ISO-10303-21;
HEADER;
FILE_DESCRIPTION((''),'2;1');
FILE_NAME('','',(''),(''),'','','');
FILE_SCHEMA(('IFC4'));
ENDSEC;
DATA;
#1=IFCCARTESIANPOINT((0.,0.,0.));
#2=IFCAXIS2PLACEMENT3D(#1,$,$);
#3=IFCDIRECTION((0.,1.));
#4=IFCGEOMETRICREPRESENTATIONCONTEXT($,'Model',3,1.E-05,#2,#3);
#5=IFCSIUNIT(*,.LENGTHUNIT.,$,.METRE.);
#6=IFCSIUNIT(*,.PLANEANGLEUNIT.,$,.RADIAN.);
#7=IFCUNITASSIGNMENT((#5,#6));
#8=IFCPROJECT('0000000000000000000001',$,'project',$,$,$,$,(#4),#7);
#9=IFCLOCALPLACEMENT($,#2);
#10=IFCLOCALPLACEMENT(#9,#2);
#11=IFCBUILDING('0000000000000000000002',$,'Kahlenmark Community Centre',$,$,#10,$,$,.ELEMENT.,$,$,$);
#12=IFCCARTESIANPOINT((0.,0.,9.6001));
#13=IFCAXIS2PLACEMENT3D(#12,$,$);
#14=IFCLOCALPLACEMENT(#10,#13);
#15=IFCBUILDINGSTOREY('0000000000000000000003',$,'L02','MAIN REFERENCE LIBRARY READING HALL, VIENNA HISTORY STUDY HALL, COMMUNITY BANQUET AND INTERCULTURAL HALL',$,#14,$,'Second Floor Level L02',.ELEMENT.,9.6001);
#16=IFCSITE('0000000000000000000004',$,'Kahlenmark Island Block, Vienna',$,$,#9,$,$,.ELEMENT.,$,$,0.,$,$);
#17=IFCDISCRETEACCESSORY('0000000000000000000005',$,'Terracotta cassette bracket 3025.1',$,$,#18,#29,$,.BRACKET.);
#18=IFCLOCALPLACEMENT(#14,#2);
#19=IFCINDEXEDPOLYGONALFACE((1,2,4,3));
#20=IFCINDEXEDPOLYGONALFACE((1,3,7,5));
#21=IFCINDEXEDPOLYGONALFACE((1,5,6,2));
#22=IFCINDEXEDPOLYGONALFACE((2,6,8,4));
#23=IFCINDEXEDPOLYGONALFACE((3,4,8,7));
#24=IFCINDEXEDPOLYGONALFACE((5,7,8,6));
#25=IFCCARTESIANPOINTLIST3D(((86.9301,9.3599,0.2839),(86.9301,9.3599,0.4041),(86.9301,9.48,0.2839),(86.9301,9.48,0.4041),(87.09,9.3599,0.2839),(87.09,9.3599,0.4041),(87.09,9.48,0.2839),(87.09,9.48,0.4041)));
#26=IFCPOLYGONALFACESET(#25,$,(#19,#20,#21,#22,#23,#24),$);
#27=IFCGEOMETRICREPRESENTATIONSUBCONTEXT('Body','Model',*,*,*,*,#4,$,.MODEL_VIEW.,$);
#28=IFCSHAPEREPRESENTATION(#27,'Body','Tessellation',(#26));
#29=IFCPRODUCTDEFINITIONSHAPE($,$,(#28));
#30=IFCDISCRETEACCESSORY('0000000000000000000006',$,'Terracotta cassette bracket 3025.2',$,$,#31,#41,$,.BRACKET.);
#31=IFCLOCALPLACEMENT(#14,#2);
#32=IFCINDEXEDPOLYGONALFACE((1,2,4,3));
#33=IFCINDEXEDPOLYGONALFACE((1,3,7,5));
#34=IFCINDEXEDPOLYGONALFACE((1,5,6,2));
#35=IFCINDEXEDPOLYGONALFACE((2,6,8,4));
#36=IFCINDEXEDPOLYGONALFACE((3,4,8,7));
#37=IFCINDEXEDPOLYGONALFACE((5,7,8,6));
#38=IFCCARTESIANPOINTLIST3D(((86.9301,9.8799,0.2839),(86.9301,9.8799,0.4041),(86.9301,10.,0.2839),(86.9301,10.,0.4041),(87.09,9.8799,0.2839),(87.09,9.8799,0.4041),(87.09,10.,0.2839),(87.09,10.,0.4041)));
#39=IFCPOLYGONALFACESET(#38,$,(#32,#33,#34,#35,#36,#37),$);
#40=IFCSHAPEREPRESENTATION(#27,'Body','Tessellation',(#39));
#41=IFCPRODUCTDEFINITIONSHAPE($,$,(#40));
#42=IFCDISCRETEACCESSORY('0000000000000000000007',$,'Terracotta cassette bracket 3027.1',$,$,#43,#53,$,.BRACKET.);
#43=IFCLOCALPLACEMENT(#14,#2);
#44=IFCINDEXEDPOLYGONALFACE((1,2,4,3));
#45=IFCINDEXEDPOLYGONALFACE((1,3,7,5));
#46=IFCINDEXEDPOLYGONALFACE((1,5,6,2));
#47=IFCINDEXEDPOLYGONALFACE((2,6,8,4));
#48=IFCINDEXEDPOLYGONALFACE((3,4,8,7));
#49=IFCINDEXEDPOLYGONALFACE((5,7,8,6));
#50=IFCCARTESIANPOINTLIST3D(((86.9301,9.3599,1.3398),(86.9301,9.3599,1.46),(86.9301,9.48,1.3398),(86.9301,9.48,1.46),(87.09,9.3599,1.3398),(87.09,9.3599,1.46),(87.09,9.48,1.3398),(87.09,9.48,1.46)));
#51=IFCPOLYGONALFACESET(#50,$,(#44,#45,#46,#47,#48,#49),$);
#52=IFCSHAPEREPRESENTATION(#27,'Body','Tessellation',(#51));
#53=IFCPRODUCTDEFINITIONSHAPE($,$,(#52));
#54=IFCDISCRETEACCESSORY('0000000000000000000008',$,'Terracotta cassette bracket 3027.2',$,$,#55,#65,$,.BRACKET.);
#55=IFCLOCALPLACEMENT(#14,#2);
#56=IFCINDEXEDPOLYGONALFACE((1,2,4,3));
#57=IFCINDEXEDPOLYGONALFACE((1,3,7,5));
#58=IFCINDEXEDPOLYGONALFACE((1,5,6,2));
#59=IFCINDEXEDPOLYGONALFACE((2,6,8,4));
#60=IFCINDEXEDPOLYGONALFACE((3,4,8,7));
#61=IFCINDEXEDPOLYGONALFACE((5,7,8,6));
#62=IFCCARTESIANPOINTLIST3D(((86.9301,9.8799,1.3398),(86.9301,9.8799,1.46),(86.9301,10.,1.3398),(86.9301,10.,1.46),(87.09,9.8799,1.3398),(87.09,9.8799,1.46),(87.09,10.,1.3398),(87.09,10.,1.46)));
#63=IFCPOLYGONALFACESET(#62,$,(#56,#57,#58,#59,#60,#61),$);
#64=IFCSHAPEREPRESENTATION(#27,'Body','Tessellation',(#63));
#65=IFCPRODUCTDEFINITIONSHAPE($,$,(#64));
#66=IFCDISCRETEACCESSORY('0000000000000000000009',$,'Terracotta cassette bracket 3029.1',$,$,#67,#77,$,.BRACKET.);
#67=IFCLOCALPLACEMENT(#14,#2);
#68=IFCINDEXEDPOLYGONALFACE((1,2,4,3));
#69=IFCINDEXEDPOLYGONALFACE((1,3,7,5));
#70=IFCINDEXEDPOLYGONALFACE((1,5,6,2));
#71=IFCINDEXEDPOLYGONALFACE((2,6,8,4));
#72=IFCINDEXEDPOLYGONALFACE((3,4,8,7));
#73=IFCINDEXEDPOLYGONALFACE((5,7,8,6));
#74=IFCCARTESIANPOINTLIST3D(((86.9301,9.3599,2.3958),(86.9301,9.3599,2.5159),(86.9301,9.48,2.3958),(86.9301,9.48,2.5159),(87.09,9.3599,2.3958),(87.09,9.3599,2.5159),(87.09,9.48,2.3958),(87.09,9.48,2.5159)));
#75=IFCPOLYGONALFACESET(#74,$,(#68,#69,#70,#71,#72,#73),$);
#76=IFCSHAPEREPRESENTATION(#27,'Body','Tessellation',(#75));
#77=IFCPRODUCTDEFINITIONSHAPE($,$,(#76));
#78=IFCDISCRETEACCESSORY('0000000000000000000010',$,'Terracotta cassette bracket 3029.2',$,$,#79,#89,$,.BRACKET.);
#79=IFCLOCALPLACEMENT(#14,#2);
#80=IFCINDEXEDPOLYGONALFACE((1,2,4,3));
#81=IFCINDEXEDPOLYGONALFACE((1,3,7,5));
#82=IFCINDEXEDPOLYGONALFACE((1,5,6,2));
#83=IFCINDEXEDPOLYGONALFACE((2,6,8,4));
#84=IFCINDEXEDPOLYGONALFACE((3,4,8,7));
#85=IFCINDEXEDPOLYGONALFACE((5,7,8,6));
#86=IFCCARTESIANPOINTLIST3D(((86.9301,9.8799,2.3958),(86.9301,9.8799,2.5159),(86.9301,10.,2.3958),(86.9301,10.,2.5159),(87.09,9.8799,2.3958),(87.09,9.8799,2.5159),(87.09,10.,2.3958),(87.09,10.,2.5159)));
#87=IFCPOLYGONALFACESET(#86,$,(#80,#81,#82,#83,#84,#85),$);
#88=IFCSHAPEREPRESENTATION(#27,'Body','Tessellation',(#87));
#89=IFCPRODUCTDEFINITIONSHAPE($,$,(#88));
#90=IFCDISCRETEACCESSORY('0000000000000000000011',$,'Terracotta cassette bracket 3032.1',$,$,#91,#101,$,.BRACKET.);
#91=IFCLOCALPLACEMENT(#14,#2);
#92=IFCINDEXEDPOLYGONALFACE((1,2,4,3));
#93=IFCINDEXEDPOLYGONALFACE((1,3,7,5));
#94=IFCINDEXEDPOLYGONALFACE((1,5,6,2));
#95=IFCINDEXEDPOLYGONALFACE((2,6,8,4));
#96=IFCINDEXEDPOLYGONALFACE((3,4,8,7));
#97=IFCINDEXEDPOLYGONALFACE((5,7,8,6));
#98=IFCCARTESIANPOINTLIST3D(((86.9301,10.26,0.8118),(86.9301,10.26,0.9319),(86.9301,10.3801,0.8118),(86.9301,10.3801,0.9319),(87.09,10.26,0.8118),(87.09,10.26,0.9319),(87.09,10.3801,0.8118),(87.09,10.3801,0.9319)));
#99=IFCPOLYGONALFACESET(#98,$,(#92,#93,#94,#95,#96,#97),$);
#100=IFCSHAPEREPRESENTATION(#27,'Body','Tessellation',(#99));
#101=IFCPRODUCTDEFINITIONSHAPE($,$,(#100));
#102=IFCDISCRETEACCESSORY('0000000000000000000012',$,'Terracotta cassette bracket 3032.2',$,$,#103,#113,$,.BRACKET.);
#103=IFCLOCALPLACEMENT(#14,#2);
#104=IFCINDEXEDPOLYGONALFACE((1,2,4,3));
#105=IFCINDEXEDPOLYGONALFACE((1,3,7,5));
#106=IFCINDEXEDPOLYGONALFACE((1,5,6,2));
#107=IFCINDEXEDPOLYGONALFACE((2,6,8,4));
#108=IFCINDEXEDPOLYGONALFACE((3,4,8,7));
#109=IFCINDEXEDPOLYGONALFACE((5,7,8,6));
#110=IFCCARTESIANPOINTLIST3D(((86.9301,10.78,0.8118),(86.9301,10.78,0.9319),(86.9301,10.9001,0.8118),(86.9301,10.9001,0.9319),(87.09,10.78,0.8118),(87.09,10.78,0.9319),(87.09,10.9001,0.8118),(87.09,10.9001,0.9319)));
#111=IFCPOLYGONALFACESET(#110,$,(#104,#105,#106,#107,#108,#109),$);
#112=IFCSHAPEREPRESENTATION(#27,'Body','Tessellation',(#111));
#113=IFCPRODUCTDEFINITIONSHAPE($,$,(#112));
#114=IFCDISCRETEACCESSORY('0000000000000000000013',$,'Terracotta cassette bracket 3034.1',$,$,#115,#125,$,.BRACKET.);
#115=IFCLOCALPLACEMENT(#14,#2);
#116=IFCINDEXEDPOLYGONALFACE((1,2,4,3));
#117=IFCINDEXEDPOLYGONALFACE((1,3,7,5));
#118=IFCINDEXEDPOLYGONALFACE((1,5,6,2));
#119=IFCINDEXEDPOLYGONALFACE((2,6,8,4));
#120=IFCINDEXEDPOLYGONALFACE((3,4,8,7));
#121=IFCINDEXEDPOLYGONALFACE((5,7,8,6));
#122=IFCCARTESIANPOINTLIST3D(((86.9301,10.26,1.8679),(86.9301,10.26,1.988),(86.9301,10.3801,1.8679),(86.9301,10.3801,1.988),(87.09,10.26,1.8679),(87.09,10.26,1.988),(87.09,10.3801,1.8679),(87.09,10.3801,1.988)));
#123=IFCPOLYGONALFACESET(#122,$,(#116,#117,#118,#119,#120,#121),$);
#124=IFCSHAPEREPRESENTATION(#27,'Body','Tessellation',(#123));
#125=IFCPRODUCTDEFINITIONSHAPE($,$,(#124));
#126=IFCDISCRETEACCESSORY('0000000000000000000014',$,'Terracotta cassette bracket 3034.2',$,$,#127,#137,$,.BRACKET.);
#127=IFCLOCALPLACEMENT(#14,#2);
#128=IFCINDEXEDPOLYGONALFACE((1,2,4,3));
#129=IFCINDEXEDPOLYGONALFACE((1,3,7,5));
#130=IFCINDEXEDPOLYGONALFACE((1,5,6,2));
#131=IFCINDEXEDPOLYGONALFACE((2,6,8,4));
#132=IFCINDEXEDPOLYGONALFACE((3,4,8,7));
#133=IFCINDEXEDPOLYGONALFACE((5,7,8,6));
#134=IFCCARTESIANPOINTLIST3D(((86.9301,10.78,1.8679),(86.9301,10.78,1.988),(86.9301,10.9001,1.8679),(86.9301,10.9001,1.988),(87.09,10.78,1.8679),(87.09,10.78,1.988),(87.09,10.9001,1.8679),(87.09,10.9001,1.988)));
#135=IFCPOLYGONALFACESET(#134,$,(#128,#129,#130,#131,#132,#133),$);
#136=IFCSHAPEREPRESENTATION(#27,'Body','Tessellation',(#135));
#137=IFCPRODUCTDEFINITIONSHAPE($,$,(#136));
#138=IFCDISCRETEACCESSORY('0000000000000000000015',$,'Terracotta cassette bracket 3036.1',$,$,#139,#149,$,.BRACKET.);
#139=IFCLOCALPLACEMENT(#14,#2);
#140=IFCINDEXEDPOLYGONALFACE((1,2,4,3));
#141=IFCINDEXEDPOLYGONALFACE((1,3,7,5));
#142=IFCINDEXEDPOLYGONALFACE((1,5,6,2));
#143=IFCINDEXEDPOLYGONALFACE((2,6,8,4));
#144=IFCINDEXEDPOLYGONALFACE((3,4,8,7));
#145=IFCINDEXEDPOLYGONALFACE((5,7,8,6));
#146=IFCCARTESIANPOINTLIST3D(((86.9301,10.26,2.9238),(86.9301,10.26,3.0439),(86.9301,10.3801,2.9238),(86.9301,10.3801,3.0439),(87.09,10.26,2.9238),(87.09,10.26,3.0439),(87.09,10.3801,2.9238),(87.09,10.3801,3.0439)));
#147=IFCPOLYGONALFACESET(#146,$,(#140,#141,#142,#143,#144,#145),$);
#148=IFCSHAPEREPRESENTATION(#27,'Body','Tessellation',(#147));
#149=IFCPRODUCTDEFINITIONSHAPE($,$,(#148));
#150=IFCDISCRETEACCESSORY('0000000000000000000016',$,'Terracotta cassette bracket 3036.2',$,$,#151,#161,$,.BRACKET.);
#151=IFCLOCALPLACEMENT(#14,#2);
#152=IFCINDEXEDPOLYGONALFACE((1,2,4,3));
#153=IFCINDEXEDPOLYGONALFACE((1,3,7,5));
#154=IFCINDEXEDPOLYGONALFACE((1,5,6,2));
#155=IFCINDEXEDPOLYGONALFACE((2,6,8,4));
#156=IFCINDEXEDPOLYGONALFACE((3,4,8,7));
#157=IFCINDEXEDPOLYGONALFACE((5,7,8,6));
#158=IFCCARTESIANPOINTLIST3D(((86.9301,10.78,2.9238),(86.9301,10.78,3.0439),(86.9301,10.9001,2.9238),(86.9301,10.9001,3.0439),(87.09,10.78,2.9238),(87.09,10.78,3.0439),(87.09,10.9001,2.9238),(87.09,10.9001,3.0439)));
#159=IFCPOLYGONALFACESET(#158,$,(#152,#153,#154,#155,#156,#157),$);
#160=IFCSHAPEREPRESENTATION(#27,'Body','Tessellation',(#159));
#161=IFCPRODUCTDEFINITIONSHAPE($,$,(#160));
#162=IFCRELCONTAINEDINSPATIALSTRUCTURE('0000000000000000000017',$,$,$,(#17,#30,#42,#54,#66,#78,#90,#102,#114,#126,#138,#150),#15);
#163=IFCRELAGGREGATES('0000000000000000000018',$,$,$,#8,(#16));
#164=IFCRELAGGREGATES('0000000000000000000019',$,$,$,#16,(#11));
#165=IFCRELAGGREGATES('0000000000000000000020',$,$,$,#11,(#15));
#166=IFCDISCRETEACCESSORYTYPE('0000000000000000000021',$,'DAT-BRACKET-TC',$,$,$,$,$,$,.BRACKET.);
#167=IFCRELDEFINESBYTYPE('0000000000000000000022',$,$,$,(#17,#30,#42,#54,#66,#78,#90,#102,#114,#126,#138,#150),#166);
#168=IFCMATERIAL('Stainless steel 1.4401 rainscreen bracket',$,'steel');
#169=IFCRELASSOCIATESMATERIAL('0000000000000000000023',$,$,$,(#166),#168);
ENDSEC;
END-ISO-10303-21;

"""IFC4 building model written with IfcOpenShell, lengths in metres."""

from ifc_helpers import new_model, si_unit, direction, frame, origin, origin_2d, place, context, subcontext, project, spatial, rectangle, extrude, material, type_object, element, save


model = new_model("IFC4")

# Units and contexts
model_context = context("Model", 3, precision=1e-05, world=origin(), true_north=direction((0.0, 1.0)))
body_context = subcontext(model_context, "Body", "Model", "MODEL_VIEW")
ifc_project = project(units=[si_unit("LENGTHUNIT", "METRE"), si_unit("PLANEANGLEUNIT", "RADIAN")], contexts=[model_context])

# Site, building, storey
site_placement = place(None, origin())
site = spatial("IfcSite", under=ifc_project, at=site_placement, Name="Kahlenmark Island Block, Vienna", CompositionType="ELEMENT", RefElevation=0.0)
building_placement = place(site_placement, origin())
building = spatial("IfcBuilding", under=site, at=building_placement, Name="Kahlenmark Community Centre", CompositionType="ELEMENT")
storey_placement = place(building_placement, frame((0.0, 0.0, 9.6001)))
storey = spatial("IfcBuildingStorey", under=building, at=storey_placement, Name="L02", Description="MAIN REFERENCE LIBRARY READING HALL, VIENNA HISTORY STUDY HALL, COMMUNITY BANQUET AND INTERCULTURAL HALL", LongName="Second Floor Level L02", CompositionType="ELEMENT", Elevation=9.6001)

# Discrete accessories
ifc_material_1 = material(Name="Stainless steel 1.4401 rainscreen bracket", Category="steel")
discrete_accessory_type = type_object("IfcDiscreteAccessoryType", Name="DAT-BRACKET-TC", PredefinedType="BRACKET", material=ifc_material_1)
for number, where, z_axis, x_axis, name in (
    (1, (87.01, 9.4199, 0.2839), (0.0, 0.0, 1.0), (0.0, 1.0, 0.0), "Terracotta cassette bracket 3025.1"),
    (2, (87.01, 9.9399, 0.2839), (0.0, 0.0, 1.0), (0.0, 1.0, 0.0), "Terracotta cassette bracket 3025.2"),
    (3, (87.01, 9.4199, 1.3398), (0.0, 0.0, 1.0), (0.0, 1.0, 0.0), "Terracotta cassette bracket 3027.1"),
    (4, (87.01, 9.9399, 1.3398), (0.0, 0.0, 1.0), (0.0, 1.0, 0.0), "Terracotta cassette bracket 3027.2"),
    (5, (87.01, 9.4199, 2.3958), (0.0, 0.0, 1.0), (0.0, 1.0, 0.0), "Terracotta cassette bracket 3029.1"),
    (6, (87.01, 9.9399, 2.3958), (0.0, 0.0, 1.0), (0.0, 1.0, 0.0), "Terracotta cassette bracket 3029.2"),
    (7, (87.01, 10.3201, 0.8118), (0.0, 0.0, 1.0), (0.0, 1.0, 0.0), "Terracotta cassette bracket 3032.1"),
    (8, (87.01, 10.8401, 0.8118), (0.0, 0.0, 1.0), (0.0, 1.0, 0.0), "Terracotta cassette bracket 3032.2"),
    (9, (87.01, 10.3201, 1.8679), (0.0, 0.0, 1.0), (0.0, 1.0, 0.0), "Terracotta cassette bracket 3034.1"),
    (10, (87.01, 10.8401, 1.8679), (0.0, 0.0, 1.0), (0.0, 1.0, 0.0), "Terracotta cassette bracket 3034.2"),
    (11, (87.01, 10.3201, 2.9238), (0.0, 0.0, 1.0), (0.0, 1.0, 0.0), "Terracotta cassette bracket 3036.1"),
    (12, (87.01, 10.8401, 2.9238), (0.0, 0.0, 1.0), (0.0, 1.0, 0.0), "Terracotta cassette bracket 3036.2"),
):
    element("IfcDiscreteAccessory", number, at=place(storey_placement, frame(where, z_axis=z_axis, x_axis=x_axis)), inside=storey, type_object=discrete_accessory_type, Name=name, PredefinedType="BRACKET", context=body_context, shape_type="SweptSolid", body=[
        extrude(rectangle(XDim=0.1201, YDim=0.1599, at=origin_2d()), origin(), (0.0, 0.0, 1.0), 0.1201),
    ])

save(model, "model.ifc")
